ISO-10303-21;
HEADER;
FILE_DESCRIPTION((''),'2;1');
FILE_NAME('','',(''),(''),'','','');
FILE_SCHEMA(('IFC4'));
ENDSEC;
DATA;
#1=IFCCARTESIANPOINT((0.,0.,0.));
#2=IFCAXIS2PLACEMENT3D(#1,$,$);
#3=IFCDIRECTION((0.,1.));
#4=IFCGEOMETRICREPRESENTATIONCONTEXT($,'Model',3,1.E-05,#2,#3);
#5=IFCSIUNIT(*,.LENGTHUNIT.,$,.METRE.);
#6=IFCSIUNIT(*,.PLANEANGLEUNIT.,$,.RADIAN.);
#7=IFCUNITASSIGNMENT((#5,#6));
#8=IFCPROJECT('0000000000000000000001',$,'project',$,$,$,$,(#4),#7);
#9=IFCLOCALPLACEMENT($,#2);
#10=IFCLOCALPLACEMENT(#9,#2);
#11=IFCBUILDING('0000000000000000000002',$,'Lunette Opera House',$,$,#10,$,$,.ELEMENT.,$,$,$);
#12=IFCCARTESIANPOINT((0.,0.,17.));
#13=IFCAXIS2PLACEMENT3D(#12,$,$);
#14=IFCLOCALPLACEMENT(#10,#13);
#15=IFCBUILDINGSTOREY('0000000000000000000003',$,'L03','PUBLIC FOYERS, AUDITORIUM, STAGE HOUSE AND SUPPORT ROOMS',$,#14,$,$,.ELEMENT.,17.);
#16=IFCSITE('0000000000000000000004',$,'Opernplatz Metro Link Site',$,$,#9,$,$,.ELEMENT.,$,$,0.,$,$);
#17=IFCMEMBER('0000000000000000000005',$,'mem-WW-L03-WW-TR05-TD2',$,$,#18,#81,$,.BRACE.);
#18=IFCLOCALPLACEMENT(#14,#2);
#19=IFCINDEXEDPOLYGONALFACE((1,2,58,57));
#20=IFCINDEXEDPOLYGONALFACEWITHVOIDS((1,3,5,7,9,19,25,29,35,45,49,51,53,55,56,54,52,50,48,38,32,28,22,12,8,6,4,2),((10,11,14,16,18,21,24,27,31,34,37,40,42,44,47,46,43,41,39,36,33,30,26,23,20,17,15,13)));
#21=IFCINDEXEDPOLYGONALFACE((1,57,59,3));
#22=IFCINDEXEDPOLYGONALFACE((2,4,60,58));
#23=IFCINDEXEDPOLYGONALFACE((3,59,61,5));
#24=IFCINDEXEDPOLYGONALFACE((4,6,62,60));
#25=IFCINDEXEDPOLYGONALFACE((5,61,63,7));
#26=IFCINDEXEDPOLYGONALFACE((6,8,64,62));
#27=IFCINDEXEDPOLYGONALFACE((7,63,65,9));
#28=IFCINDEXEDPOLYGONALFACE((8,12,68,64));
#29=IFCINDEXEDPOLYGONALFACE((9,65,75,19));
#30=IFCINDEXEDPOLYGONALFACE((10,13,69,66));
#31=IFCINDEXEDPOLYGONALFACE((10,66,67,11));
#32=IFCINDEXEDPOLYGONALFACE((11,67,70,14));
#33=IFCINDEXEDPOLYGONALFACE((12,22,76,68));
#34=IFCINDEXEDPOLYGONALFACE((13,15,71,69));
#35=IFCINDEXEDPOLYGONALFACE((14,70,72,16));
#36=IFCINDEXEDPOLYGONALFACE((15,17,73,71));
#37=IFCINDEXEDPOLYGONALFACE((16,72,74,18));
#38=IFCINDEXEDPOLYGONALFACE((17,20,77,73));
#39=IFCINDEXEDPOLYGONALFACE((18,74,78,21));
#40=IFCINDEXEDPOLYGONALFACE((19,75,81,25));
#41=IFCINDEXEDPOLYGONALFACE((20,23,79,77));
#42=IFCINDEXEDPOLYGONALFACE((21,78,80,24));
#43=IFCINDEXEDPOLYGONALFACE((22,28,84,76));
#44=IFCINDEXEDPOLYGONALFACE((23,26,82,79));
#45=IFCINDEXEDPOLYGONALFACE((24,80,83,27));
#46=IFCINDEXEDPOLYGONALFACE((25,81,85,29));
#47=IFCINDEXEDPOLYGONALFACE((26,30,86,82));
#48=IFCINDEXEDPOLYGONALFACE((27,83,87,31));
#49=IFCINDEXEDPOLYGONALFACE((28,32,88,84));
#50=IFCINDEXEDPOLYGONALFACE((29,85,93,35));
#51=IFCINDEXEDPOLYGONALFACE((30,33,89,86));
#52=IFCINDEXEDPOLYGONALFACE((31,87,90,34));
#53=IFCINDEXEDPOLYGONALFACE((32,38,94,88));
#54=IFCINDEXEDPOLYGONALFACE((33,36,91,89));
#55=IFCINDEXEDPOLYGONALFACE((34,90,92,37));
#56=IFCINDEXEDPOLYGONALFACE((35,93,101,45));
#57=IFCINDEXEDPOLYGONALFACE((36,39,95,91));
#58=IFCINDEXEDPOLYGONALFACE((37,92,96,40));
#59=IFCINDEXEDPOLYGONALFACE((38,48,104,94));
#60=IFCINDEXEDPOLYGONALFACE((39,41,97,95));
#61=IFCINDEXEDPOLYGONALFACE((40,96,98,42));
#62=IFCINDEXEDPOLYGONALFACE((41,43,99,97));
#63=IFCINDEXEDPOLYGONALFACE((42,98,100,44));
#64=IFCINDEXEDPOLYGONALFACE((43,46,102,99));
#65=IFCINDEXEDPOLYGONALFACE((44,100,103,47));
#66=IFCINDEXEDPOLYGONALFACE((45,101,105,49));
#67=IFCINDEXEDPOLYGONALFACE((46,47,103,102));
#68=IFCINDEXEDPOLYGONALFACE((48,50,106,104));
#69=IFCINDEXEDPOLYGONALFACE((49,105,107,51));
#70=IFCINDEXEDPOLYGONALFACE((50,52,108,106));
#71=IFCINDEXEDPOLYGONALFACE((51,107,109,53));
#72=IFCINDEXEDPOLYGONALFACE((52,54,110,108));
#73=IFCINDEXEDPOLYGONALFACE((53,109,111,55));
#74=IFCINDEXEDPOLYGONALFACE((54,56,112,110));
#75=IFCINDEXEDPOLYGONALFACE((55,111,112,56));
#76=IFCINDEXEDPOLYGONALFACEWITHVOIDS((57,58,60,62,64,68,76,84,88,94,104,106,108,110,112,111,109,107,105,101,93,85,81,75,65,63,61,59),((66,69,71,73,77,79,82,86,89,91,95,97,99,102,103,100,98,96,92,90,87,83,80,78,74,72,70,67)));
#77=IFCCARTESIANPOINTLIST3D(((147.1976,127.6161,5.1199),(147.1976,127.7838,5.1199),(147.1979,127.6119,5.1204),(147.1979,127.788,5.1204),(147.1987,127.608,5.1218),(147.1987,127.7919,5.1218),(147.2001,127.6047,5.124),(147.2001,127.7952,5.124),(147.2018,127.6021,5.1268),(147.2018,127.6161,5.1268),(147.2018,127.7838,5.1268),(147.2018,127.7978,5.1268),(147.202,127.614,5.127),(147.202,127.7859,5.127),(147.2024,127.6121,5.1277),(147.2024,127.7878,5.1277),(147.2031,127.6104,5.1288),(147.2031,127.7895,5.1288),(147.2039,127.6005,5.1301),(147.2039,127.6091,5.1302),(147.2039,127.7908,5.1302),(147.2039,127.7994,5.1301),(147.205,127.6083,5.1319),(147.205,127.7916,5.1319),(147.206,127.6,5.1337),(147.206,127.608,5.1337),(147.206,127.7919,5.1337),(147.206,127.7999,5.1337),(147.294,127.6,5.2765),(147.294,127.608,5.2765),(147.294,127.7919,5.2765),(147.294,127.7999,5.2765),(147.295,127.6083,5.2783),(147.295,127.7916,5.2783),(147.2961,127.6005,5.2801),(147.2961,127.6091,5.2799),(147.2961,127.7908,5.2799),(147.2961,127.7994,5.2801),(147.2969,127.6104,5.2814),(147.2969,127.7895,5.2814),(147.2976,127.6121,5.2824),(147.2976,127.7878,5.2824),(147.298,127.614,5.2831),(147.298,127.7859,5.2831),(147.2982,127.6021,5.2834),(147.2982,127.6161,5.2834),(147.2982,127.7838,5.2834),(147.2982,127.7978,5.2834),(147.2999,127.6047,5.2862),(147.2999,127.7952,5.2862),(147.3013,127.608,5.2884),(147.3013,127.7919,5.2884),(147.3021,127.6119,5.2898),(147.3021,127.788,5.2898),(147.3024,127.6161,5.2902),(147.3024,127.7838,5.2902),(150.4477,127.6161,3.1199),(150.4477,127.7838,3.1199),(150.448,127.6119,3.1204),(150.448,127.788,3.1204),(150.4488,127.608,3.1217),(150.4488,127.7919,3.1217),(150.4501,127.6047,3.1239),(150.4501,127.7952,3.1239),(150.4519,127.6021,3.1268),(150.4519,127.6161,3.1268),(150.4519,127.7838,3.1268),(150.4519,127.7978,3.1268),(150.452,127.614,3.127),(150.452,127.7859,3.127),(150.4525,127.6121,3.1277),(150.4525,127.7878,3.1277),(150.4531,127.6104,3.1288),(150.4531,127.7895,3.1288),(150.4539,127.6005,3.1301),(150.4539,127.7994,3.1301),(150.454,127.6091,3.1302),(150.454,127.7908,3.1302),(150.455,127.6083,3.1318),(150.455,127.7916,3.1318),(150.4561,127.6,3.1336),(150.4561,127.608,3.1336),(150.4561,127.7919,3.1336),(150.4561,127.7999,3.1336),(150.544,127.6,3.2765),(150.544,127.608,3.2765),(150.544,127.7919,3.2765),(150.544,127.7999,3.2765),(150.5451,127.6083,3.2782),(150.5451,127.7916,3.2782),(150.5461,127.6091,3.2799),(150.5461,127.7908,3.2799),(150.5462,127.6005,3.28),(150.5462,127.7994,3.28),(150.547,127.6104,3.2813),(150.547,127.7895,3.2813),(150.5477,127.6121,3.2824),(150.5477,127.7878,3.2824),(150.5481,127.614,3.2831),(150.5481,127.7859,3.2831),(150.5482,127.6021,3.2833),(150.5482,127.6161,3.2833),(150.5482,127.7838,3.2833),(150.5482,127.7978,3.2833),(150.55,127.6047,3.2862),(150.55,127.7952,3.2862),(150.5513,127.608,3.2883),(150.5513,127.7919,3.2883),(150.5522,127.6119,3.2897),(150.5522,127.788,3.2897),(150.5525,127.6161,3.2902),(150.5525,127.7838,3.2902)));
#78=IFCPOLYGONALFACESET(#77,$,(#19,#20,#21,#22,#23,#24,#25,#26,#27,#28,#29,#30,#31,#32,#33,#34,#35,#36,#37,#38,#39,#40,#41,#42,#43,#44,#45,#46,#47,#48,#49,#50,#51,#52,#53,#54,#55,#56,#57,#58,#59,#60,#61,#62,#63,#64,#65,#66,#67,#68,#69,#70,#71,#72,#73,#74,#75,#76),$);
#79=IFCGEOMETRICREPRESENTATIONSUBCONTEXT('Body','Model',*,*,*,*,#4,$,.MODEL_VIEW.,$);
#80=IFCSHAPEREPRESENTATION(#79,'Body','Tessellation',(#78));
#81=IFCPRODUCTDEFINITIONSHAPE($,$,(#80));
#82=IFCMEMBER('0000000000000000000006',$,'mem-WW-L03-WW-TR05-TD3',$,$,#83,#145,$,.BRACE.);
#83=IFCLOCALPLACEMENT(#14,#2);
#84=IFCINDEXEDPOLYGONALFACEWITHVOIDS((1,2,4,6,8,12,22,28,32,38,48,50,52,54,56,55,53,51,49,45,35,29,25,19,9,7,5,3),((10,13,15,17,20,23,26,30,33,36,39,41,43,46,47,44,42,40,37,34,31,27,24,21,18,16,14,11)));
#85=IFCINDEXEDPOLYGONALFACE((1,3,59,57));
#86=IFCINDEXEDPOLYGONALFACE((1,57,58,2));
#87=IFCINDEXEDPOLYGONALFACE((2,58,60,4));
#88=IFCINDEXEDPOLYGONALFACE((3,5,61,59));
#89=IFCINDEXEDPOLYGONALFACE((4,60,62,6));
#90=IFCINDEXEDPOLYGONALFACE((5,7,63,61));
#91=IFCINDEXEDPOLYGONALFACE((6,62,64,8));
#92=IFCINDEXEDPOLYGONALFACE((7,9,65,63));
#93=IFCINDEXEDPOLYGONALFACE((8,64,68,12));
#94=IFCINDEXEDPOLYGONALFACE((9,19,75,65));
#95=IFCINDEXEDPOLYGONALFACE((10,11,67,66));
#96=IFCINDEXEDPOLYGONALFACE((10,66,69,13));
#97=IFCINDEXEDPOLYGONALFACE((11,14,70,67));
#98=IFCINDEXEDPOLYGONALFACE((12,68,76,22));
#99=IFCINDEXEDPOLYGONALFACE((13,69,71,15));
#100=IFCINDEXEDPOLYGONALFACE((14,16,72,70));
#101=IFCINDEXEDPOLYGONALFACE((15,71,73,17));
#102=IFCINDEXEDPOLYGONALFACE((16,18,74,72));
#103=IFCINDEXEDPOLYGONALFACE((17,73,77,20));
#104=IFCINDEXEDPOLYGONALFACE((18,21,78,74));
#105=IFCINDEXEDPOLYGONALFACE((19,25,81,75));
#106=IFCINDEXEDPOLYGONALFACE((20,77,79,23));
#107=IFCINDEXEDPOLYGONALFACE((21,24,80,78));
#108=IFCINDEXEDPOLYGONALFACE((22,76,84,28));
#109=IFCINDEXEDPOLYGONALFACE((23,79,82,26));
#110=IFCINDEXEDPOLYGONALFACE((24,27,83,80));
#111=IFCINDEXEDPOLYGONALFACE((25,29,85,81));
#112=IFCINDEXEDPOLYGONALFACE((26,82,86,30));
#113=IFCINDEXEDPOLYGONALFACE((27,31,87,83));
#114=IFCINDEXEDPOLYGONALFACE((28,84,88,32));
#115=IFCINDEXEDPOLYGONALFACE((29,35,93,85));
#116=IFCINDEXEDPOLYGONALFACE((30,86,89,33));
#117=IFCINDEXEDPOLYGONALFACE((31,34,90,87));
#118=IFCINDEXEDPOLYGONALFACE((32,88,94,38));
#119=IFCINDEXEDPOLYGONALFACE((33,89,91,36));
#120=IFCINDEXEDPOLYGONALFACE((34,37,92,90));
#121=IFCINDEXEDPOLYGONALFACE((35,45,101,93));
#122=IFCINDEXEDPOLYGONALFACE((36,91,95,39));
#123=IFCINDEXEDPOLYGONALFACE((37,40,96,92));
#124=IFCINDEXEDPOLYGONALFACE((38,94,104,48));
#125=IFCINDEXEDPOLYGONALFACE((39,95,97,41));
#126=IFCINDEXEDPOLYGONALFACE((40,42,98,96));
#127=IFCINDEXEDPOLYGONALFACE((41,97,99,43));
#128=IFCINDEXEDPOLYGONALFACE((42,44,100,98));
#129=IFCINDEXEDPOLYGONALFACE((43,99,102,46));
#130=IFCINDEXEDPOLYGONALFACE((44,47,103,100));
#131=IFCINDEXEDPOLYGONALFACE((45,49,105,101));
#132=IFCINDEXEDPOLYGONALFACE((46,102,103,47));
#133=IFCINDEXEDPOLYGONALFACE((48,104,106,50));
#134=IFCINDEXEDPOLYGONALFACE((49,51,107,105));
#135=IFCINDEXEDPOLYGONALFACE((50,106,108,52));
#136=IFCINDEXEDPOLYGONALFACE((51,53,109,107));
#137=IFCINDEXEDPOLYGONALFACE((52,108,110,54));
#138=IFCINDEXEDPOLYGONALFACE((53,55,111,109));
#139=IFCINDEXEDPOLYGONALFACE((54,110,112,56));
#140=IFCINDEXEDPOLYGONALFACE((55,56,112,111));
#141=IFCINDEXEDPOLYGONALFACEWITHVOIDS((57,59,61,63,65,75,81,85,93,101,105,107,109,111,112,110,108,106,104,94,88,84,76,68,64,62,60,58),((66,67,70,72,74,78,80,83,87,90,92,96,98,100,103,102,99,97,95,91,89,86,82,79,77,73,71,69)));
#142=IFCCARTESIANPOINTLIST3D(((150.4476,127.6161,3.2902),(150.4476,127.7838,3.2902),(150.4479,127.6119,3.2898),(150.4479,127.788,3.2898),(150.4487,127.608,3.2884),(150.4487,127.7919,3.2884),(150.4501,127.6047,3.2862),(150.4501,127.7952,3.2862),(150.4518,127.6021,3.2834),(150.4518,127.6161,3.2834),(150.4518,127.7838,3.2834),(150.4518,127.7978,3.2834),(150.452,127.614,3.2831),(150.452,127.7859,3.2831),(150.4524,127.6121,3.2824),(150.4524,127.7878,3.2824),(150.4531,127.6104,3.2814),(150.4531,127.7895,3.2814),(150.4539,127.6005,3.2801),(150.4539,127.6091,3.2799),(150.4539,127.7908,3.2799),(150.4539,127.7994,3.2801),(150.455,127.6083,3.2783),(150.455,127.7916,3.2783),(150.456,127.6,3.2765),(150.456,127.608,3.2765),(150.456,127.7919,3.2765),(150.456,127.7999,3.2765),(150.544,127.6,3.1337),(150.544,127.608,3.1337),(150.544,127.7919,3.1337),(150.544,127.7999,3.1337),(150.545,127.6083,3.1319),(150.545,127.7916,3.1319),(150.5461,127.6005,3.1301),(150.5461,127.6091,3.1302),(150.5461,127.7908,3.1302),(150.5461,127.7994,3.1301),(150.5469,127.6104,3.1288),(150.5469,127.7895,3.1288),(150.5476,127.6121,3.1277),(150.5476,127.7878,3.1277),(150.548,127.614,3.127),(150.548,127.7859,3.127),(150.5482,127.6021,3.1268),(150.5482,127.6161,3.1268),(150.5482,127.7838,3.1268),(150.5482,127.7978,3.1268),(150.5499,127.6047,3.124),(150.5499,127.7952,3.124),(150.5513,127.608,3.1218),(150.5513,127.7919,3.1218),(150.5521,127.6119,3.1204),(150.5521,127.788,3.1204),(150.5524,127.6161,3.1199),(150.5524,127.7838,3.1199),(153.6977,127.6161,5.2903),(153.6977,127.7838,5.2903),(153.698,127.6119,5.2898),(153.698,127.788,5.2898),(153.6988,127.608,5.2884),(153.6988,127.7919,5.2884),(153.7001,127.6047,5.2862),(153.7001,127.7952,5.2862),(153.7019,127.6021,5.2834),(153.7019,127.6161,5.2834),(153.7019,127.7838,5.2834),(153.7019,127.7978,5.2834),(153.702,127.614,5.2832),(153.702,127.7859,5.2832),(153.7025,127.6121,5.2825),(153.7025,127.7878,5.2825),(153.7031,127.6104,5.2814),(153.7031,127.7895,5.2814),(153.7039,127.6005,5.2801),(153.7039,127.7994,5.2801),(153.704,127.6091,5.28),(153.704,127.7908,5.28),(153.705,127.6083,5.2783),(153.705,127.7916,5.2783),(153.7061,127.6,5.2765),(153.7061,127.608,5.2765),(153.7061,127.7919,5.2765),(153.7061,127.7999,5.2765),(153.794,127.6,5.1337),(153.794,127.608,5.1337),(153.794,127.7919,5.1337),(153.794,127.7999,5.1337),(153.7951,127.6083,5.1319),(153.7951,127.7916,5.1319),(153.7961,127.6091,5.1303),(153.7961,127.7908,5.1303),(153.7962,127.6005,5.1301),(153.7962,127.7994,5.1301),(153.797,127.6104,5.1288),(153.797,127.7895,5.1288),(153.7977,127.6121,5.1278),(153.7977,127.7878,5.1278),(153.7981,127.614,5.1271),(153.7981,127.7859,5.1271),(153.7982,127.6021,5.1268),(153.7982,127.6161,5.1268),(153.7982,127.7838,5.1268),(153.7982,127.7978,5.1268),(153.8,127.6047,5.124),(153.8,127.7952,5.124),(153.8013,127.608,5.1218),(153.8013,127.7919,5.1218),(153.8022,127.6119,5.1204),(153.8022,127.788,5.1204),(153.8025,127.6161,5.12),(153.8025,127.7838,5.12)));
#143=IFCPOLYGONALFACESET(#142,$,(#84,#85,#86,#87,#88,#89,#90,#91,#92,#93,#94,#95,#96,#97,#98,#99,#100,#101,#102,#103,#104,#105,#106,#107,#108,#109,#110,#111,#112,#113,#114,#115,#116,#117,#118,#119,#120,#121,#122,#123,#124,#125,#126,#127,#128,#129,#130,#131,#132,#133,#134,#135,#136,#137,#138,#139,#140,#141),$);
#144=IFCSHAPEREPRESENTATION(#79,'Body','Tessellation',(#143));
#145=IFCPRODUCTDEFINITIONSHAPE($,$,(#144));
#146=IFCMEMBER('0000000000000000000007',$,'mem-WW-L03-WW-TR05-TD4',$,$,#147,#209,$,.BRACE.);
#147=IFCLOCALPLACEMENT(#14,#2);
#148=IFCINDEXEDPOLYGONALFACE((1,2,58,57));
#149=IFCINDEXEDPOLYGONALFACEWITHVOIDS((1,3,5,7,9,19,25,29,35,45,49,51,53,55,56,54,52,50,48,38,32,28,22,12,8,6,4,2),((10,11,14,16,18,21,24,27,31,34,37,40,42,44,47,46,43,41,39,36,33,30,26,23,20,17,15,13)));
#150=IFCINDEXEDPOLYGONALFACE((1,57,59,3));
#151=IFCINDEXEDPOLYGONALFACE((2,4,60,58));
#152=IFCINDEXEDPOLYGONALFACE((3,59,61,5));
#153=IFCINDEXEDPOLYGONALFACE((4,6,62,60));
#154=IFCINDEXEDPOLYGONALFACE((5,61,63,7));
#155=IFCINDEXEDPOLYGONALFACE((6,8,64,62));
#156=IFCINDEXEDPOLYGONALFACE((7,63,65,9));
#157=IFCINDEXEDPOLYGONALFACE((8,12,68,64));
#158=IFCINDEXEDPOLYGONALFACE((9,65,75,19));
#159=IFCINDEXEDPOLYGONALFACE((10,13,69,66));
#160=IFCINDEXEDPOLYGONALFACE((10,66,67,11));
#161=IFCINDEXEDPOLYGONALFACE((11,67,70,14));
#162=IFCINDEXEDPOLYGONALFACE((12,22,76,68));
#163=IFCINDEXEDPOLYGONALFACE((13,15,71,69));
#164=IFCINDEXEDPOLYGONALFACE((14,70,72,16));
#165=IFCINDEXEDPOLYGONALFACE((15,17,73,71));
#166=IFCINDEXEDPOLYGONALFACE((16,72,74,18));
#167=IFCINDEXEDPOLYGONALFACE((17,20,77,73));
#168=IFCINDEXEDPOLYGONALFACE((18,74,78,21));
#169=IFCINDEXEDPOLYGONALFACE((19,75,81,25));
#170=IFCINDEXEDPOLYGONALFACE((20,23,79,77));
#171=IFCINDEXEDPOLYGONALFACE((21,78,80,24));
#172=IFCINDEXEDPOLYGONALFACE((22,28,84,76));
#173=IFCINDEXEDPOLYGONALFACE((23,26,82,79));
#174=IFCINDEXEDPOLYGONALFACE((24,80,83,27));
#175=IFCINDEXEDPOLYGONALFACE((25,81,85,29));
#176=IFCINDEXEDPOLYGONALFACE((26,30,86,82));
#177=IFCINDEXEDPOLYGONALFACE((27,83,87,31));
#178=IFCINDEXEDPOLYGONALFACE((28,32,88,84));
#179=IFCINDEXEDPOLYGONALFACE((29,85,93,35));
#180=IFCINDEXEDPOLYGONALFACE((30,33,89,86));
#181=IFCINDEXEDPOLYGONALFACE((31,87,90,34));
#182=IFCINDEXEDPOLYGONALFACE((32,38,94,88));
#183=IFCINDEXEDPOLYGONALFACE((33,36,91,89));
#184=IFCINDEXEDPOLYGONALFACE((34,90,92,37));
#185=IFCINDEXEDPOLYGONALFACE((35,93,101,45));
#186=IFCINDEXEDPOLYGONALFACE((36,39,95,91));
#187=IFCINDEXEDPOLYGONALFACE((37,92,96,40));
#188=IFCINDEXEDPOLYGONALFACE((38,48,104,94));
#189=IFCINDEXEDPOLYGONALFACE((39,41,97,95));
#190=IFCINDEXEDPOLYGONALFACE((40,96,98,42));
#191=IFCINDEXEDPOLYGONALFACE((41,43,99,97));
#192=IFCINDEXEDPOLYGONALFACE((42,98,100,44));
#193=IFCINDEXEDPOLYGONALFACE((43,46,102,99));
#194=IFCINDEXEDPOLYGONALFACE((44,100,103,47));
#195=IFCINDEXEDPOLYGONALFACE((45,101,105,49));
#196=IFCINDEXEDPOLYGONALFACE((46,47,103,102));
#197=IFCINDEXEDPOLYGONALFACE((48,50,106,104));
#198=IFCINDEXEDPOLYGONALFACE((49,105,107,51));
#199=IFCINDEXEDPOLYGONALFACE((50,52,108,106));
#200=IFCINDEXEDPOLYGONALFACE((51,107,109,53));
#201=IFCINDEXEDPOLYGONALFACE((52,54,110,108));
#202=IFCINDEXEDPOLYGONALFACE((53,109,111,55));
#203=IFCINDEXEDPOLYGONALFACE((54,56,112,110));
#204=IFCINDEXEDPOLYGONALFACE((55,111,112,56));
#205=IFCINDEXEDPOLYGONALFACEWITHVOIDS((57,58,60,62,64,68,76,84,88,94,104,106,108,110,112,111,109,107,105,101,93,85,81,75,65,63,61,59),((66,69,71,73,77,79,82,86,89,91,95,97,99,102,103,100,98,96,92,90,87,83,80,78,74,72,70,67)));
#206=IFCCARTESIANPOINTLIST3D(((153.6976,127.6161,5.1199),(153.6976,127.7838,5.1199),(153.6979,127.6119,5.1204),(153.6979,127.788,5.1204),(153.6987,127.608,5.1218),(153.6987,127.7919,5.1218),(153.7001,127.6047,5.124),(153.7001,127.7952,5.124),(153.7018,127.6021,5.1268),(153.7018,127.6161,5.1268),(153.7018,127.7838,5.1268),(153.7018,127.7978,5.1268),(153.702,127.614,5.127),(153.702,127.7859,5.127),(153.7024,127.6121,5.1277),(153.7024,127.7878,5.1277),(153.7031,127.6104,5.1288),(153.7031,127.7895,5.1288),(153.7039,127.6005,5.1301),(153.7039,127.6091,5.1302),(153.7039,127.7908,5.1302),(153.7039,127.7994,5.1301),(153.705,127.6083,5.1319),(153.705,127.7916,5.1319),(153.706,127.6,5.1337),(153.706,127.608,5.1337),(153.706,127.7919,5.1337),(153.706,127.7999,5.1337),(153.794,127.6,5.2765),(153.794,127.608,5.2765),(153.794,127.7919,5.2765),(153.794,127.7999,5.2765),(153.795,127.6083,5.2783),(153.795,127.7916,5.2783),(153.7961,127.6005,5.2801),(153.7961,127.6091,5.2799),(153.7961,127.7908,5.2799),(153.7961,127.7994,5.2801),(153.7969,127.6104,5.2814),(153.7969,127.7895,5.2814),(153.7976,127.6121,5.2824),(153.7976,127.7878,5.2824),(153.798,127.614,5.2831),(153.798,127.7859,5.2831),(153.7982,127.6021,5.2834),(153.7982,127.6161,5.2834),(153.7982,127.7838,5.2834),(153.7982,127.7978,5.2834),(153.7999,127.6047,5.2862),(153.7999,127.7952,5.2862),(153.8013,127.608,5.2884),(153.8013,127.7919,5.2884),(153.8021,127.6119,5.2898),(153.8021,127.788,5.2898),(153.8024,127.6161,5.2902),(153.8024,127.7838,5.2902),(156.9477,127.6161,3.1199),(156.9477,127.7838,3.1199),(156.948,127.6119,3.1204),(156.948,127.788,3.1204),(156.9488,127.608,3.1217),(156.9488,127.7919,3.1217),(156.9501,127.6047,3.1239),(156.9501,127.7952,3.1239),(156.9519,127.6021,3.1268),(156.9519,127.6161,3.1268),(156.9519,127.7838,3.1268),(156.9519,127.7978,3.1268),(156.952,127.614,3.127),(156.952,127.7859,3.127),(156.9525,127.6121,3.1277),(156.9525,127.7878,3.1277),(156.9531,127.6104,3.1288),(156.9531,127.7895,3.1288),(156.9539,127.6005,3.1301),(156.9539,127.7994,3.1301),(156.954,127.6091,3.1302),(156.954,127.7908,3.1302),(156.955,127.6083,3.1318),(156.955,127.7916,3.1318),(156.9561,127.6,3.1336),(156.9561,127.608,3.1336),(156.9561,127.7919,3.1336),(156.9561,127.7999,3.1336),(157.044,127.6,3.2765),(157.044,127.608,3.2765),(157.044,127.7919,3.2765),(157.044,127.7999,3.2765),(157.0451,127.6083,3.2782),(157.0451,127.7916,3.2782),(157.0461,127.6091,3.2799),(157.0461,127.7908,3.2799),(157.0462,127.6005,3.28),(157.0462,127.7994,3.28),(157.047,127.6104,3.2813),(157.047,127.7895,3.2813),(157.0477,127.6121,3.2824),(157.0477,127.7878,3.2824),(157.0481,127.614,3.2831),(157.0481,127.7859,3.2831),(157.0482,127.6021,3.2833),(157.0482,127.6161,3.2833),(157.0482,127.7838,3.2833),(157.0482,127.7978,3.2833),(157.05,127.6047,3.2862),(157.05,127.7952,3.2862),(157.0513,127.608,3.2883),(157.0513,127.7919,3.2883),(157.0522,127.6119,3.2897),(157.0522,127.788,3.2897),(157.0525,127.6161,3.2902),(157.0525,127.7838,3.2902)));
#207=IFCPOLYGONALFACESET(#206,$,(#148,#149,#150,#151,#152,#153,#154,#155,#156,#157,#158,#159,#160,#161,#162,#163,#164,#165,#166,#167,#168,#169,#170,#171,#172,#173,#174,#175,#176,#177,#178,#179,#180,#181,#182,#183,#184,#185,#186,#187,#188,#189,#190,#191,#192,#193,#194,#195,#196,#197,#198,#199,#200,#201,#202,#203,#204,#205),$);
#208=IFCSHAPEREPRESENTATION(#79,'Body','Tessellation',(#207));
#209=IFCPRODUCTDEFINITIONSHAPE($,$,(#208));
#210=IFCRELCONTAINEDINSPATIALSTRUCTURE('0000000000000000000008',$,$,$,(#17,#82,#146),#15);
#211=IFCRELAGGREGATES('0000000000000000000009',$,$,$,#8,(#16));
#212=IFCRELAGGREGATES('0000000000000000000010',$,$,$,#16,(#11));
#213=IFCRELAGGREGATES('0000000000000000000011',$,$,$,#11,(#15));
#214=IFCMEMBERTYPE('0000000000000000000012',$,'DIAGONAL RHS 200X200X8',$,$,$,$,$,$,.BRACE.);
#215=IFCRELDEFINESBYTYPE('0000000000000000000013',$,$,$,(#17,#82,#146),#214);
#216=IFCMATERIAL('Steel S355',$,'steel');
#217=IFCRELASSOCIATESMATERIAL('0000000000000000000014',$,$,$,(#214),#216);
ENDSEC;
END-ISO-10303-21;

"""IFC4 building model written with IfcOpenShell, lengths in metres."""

from ifc_helpers import new_model, si_unit, direction, frame, origin, origin_2d, place, context, subcontext, project, spatial, hollow_rectangle, extrude, material, material_profile, profile_set, type_object, element, save


model = new_model("IFC4")

# Units and contexts
model_context = context("Model", 3, precision=1e-05, world=origin(), true_north=direction((0.0, 1.0)))
body_context = subcontext(model_context, "Body", "Model", "MODEL_VIEW")
ifc_project = project(units=[si_unit("LENGTHUNIT", "METRE"), si_unit("PLANEANGLEUNIT", "RADIAN")], contexts=[model_context])

# Site, building, storey
site_placement = place(None, origin())
site = spatial("IfcSite", under=ifc_project, at=site_placement, Name="Opernplatz Metro Link Site", CompositionType="ELEMENT", RefElevation=0.0)
building_placement = place(site_placement, origin())
building = spatial("IfcBuilding", under=site, at=building_placement, Name="Lunette Opera House", CompositionType="ELEMENT")
storey_placement = place(building_placement, frame((0.0, 0.0, 17.0)))
storey = spatial("IfcBuildingStorey", under=building, at=storey_placement, Name="L03", Description="PUBLIC FOYERS, AUDITORIUM, STAGE HOUSE AND SUPPORT ROOMS", CompositionType="ELEMENT", Elevation=17.0)

# Members
ifc_material_1 = material(Name="Steel S355", Category="steel")
ifc_material_profile_1 = material_profile(ifc_material_1, hollow_rectangle(XDim=0.2, YDim=0.2, WallThickness=0.0081, InnerFilletRadius=0.0081, OuterFilletRadius=0.0161, at=origin_2d()), Name="RHS 200X200X8")
ifc_profile_set_1 = profile_set([ifc_material_profile_1], Name="Steel S355")
member_type_1 = type_object("IfcMemberType", Name="DIAGONAL RHS 200X200X8", PredefinedType="BRACE", material=ifc_profile_set_1)
for number, where, z_axis, x_axis, name in (
    (1, (147.25, 127.7, 5.2051), (0.851658, 0.0, -0.524097), (0.0, 1.0, 0.0), "mem-WW-L03-WW-TR05-TD2"),
    (2, (150.5, 127.7, 3.2051), (0.851658, 0.0, 0.524097), (0.0, 1.0, 0.0), "mem-WW-L03-WW-TR05-TD3"),
    (3, (153.75, 127.7, 5.2051), (0.851658, 0.0, -0.524097), (0.0, 1.0, 0.0), "mem-WW-L03-WW-TR05-TD4"),
):
    element("IfcMember", number, at=place(storey_placement, frame(where, z_axis=z_axis, x_axis=x_axis)), inside=storey, type_object=member_type_1, Name=name, PredefinedType="BRACE", context=body_context, shape_type="SweptSolid", body=[
        extrude(hollow_rectangle(XDim=0.2, YDim=0.2, WallThickness=0.0081, InnerFilletRadius=0.0081, OuterFilletRadius=0.0161, at=origin_2d()), origin(), (0.0, 0.0, 1.0), 3.8162),
    ])

save(model, "model.ifc")
